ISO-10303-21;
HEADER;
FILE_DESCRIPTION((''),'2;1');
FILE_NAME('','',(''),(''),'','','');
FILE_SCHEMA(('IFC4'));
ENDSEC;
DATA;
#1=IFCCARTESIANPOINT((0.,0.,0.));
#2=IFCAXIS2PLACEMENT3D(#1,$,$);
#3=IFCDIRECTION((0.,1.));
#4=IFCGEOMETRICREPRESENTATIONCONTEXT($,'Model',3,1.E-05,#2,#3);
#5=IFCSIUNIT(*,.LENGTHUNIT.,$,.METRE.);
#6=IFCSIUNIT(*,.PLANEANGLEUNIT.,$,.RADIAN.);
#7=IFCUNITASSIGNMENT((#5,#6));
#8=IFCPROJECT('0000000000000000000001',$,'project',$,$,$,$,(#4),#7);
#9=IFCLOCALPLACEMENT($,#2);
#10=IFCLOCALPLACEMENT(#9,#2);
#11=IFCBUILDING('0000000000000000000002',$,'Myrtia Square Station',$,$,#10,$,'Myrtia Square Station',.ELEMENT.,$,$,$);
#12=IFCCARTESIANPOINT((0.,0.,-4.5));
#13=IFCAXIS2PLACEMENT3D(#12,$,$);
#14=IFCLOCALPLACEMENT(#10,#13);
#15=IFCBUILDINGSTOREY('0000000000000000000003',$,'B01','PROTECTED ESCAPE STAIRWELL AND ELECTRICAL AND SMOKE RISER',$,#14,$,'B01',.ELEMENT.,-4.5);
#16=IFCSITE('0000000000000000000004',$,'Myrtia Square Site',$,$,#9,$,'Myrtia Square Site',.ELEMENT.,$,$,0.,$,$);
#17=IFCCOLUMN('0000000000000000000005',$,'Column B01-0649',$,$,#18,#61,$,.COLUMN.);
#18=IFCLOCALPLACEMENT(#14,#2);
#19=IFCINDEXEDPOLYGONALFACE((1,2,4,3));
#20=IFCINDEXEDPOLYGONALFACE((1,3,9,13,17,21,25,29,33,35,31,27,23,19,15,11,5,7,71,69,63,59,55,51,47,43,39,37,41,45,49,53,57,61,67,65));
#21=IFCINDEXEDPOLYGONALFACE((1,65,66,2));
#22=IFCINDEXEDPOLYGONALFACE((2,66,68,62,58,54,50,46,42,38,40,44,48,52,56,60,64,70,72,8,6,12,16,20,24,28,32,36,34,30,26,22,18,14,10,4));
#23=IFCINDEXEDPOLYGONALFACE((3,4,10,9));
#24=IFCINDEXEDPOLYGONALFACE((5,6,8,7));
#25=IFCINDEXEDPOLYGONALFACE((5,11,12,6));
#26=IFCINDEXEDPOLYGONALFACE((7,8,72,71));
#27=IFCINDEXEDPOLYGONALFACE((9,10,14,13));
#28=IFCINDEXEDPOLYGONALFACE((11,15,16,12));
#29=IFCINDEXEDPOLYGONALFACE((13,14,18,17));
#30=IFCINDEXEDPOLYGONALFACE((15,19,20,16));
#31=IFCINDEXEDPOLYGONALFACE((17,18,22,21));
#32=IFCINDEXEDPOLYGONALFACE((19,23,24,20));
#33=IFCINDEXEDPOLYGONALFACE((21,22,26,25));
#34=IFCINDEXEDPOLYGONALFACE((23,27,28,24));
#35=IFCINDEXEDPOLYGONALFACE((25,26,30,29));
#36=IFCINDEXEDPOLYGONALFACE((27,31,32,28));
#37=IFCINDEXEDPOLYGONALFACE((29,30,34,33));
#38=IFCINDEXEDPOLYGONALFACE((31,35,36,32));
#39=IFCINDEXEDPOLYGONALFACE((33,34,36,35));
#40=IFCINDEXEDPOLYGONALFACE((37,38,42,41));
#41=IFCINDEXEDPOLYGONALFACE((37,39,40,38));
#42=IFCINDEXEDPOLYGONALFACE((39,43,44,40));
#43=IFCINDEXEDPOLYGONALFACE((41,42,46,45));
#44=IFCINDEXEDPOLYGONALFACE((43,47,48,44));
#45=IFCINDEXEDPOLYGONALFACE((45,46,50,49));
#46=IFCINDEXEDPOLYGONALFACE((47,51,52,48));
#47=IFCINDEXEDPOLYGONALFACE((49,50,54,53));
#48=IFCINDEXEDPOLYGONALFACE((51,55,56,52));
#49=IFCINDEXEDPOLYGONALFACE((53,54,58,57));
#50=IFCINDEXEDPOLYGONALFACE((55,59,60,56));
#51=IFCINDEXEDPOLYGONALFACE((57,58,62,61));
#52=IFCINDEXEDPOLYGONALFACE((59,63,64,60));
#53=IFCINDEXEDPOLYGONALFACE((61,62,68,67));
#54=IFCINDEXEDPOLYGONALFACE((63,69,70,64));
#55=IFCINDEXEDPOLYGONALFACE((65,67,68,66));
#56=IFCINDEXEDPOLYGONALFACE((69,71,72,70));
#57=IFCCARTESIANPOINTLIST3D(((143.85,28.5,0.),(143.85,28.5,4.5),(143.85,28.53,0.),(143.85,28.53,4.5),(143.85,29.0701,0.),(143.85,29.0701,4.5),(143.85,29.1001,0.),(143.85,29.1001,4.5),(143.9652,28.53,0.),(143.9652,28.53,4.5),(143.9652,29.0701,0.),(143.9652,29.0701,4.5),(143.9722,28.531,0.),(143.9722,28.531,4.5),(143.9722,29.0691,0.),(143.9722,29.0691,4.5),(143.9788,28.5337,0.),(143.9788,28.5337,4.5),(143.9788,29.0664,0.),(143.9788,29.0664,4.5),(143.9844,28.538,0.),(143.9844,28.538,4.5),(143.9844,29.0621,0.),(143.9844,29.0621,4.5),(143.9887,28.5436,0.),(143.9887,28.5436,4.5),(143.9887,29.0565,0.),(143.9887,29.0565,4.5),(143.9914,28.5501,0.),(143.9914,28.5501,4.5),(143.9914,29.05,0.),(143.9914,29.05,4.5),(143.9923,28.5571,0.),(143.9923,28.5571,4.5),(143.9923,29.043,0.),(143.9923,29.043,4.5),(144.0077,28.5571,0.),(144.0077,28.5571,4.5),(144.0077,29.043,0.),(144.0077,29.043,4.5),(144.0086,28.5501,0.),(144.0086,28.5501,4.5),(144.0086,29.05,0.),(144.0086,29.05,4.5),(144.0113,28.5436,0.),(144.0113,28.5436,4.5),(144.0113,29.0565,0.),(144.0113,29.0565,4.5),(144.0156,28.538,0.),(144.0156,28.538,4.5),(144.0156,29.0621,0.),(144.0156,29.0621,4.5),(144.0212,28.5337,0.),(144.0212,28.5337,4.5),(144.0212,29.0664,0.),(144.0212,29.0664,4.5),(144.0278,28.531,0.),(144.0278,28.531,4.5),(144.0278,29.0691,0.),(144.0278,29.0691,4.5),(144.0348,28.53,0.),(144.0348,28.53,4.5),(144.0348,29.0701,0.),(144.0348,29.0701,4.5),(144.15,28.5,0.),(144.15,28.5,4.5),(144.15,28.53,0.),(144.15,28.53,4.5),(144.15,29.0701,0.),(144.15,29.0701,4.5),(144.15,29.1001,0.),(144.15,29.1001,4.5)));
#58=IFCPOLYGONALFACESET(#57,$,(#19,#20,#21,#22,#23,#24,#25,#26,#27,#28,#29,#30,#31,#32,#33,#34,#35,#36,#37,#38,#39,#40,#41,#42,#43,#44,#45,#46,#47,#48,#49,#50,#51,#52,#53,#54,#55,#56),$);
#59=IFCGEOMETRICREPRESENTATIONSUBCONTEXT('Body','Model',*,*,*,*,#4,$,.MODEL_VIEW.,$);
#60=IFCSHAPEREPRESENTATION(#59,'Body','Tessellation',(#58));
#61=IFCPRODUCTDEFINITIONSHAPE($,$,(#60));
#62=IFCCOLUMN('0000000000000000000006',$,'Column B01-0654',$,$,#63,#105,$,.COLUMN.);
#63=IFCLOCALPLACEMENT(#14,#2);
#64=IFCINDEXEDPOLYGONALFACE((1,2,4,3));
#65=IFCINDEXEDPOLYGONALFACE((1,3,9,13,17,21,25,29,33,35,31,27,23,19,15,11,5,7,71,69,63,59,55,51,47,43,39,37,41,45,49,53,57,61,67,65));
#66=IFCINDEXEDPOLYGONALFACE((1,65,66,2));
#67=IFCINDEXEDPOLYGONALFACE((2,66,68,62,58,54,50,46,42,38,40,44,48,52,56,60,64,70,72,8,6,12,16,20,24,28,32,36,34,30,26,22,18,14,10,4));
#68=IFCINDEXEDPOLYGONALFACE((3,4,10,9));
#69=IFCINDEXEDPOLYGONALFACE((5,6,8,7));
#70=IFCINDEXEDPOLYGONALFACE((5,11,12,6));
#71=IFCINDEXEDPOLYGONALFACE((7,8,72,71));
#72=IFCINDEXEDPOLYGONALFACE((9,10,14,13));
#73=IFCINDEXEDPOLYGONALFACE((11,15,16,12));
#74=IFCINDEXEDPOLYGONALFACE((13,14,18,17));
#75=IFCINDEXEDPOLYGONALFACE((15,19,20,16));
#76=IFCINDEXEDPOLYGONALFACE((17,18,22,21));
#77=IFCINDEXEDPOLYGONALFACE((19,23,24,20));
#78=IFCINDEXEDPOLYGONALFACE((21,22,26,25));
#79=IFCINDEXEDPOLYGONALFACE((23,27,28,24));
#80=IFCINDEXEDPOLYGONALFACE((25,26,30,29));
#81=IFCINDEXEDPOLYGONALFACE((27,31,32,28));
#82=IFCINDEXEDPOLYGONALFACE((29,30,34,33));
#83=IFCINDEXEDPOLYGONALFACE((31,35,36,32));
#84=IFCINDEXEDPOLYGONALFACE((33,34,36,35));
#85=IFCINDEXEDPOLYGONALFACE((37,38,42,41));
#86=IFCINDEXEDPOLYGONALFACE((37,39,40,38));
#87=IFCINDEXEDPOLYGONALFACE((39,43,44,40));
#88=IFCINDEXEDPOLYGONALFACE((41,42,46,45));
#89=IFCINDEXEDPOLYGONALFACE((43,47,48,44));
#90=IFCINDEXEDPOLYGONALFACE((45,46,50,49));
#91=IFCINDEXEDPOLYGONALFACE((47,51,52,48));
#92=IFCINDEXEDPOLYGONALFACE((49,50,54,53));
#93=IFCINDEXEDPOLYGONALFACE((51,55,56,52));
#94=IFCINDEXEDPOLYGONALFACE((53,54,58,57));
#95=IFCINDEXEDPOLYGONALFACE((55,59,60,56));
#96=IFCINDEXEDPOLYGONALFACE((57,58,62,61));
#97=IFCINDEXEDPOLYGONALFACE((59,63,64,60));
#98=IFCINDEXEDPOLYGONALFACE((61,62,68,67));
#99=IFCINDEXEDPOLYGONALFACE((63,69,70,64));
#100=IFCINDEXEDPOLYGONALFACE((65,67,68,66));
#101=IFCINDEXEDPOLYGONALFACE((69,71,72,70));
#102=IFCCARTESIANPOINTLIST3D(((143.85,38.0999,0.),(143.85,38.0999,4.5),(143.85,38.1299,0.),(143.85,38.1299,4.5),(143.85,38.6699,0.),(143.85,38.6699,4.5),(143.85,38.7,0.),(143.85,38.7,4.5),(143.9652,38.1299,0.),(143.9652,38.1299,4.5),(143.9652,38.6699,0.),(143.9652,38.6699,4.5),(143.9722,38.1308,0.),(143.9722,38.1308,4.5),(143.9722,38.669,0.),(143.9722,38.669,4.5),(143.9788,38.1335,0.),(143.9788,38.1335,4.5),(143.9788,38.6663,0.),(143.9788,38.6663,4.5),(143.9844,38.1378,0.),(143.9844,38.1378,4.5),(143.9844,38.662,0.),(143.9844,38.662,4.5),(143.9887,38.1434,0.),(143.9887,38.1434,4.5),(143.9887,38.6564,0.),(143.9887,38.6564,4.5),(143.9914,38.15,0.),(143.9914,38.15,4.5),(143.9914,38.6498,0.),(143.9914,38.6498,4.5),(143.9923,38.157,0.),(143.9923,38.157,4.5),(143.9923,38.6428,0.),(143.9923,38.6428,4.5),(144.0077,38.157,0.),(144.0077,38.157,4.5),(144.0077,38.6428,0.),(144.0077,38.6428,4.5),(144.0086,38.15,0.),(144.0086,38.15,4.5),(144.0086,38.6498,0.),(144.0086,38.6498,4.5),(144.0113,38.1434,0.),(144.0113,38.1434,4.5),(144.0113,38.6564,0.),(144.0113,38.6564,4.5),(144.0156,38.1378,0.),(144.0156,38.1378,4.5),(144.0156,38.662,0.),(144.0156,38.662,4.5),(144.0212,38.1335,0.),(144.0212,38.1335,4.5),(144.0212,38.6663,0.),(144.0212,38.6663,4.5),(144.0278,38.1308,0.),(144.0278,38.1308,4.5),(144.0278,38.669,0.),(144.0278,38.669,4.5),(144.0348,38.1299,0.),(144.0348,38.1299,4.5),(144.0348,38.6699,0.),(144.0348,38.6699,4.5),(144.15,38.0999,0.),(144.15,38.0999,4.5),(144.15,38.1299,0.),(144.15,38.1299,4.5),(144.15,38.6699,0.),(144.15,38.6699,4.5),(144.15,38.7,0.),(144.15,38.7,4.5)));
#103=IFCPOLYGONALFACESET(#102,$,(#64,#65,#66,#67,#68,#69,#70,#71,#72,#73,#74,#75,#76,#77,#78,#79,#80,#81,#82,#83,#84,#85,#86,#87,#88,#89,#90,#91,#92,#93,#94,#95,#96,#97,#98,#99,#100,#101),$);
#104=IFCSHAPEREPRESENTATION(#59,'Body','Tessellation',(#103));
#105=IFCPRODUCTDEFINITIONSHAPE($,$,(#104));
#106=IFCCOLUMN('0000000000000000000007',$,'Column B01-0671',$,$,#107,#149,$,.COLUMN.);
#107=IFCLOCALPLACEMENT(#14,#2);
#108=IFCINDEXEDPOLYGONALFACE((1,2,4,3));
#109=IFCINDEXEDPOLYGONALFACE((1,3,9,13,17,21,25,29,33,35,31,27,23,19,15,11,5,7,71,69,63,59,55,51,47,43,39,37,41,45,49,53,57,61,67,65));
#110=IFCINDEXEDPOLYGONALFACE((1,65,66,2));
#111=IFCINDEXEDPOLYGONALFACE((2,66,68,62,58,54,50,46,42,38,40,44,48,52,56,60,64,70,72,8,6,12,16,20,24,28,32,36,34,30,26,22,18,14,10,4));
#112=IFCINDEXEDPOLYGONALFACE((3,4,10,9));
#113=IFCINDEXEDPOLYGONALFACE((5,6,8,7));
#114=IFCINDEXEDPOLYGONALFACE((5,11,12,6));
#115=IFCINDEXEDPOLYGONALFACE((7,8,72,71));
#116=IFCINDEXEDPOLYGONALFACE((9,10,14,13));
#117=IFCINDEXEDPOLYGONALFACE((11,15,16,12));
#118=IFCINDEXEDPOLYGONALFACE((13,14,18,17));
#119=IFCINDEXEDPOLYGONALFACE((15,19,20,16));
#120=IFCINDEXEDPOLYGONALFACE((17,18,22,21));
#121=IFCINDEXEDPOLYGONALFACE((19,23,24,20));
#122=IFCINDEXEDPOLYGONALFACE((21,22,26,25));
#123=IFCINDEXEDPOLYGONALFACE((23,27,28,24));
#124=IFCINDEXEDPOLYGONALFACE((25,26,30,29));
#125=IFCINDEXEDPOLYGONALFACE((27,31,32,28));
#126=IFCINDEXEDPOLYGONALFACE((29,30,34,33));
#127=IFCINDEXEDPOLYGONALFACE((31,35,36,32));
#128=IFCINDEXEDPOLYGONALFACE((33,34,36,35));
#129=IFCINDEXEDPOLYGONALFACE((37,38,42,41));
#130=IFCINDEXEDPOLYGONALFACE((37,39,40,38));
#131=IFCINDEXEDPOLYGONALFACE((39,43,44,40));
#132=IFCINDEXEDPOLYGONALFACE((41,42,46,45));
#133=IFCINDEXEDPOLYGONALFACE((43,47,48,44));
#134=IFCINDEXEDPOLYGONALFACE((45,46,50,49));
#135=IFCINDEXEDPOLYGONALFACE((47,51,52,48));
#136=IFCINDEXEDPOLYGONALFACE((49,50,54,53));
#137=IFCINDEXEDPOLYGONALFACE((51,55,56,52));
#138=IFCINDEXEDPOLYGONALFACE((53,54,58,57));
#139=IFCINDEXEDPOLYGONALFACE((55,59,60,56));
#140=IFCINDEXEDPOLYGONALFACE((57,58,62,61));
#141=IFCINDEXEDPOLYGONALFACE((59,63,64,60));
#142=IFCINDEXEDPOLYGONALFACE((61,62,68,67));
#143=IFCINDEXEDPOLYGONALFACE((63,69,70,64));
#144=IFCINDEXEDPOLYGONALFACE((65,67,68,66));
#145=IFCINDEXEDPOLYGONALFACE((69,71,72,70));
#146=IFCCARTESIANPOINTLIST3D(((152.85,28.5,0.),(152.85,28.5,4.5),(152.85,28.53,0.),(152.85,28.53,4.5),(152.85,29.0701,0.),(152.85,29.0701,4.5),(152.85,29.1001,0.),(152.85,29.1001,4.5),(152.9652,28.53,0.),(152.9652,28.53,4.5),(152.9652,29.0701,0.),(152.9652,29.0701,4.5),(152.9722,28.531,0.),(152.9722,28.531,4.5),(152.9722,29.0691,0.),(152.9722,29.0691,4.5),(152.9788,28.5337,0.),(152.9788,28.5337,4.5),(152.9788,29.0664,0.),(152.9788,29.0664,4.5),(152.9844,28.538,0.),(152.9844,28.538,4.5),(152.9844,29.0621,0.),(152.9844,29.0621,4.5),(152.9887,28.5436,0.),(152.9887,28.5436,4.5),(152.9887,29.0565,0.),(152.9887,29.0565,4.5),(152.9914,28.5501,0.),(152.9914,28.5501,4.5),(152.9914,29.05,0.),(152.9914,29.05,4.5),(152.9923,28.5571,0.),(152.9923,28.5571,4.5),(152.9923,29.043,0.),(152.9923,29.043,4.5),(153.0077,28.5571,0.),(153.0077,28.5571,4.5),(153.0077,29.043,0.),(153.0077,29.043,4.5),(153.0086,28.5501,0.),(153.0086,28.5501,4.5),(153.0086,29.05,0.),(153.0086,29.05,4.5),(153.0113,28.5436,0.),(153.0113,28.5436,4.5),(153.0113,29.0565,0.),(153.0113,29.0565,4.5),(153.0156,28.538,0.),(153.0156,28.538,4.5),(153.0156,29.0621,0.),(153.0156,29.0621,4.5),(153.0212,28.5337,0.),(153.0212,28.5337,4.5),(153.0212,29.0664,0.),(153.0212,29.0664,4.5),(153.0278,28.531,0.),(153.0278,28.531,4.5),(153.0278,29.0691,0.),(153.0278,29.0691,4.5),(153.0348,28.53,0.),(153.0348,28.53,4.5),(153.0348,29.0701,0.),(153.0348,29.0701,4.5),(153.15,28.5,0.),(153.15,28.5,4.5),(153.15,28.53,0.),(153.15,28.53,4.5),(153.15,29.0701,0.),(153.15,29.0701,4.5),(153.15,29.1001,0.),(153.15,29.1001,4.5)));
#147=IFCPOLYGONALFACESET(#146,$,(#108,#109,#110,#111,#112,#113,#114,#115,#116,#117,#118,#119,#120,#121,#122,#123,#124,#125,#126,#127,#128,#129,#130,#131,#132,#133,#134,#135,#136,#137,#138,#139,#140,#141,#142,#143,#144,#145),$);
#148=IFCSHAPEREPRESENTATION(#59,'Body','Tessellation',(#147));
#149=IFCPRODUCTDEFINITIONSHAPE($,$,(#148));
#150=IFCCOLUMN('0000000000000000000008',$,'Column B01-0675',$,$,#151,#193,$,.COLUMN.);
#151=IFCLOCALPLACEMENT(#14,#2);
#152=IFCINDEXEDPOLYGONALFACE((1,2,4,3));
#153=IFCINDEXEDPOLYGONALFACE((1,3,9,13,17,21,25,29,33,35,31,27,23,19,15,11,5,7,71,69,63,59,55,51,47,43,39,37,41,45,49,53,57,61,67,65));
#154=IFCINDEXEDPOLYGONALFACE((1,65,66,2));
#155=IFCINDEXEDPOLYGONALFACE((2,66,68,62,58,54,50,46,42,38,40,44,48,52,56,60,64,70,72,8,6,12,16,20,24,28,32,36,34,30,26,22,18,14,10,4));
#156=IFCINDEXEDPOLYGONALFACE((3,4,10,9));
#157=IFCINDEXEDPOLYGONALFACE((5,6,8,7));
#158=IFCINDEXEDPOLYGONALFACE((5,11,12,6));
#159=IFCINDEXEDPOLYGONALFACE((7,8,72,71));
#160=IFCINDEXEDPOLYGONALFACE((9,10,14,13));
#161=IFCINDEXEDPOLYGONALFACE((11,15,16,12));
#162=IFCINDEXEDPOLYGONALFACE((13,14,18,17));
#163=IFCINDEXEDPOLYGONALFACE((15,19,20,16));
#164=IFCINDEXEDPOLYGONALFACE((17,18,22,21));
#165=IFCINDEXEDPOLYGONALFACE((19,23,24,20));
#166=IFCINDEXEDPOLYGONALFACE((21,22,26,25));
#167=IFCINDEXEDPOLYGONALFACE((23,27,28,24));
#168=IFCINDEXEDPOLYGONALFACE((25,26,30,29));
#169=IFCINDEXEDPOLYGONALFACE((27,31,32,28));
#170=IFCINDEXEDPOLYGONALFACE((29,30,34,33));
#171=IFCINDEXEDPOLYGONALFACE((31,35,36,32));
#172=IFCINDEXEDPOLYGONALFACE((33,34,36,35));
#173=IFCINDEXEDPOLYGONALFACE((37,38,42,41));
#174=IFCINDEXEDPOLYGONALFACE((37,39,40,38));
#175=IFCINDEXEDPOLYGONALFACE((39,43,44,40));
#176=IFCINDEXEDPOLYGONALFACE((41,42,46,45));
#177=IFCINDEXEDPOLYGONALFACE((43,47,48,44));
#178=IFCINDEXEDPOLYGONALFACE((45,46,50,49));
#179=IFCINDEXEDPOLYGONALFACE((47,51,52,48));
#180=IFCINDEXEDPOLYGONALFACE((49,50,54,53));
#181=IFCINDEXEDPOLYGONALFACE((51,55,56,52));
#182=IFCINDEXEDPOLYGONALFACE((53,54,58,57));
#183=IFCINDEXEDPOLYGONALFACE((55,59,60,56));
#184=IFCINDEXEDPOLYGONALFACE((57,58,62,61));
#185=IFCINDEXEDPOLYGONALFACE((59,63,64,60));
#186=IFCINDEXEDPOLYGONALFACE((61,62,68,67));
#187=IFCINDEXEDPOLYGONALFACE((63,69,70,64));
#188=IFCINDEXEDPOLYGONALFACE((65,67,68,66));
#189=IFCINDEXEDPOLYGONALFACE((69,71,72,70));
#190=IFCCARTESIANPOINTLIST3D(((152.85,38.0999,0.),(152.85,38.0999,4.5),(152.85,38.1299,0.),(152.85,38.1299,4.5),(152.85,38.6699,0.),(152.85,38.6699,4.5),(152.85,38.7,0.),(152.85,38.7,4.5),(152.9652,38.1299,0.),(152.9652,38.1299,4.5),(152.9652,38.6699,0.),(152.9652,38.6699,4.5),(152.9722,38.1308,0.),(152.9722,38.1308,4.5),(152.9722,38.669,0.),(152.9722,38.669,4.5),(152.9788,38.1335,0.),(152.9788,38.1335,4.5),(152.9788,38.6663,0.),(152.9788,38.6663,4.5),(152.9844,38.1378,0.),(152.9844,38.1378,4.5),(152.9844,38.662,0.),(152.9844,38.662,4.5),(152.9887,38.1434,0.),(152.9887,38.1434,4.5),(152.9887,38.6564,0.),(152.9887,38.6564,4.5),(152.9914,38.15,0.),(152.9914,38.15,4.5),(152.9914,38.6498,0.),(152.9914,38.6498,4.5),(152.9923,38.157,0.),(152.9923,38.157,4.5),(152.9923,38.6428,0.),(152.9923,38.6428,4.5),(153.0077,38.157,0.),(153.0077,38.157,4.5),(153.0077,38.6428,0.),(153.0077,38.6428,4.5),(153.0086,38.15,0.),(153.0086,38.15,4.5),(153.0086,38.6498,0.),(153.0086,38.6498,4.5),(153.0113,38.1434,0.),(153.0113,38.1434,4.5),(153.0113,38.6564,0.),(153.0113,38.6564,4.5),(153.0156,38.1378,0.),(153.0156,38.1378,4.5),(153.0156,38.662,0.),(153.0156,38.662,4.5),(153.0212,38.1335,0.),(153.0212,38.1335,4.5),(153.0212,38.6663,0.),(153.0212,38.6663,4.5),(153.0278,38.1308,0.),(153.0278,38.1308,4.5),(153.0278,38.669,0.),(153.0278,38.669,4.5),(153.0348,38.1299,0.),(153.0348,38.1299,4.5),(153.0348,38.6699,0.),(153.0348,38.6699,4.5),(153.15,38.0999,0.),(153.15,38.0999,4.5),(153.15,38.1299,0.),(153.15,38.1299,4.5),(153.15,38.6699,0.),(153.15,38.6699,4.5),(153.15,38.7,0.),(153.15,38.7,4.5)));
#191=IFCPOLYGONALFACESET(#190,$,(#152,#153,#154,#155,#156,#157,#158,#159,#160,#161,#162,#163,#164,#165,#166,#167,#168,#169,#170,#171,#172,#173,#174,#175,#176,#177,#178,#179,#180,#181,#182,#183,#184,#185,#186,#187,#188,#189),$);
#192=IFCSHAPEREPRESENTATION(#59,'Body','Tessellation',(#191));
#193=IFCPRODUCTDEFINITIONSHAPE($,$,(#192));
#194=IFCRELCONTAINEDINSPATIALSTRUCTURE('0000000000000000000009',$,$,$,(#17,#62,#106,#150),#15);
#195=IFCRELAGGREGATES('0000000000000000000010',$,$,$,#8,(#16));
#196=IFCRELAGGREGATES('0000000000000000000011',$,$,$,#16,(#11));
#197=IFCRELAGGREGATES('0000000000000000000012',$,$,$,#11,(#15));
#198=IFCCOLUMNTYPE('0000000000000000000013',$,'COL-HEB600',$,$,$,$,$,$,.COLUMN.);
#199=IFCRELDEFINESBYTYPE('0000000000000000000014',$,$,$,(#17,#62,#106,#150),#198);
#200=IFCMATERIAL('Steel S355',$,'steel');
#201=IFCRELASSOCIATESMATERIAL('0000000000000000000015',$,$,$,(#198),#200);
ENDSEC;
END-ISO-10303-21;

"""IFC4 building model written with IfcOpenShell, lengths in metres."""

from ifc_helpers import new_model, si_unit, direction, frame, origin, origin_2d, place, context, subcontext, project, spatial, i_section, extrude, material, material_profile, profile_set, type_object, element, save


model = new_model("IFC4")

# Units and contexts
model_context = context("Model", 3, precision=1e-05, world=origin(), true_north=direction((0.0, 1.0)))
body_context = subcontext(model_context, "Body", "Model", "MODEL_VIEW")
ifc_project = project(units=[si_unit("LENGTHUNIT", "METRE"), si_unit("PLANEANGLEUNIT", "RADIAN")], contexts=[model_context])

# Site, building, storey
site_placement = place(None, origin())
site = spatial("IfcSite", under=ifc_project, at=site_placement, Name="Myrtia Square Site", LongName="Myrtia Square Site", CompositionType="ELEMENT", RefElevation=0.0)
building_placement = place(site_placement, origin())
building = spatial("IfcBuilding", under=site, at=building_placement, Name="Myrtia Square Station", LongName="Myrtia Square Station", CompositionType="ELEMENT")
storey_placement = place(building_placement, frame((0.0, 0.0, -4.5)))
storey = spatial("IfcBuildingStorey", under=building, at=storey_placement, Name="B01", Description="PROTECTED ESCAPE STAIRWELL AND ELECTRICAL AND SMOKE RISER", LongName="B01", CompositionType="ELEMENT", Elevation=-4.5)

# Columns
ifc_material_1 = material(Name="Steel S355", Category="steel")
ifc_material_profile_1 = material_profile(ifc_material_1, i_section(OverallWidth=0.3, OverallDepth=0.6001, WebThickness=0.0154, FlangeThickness=0.03, FilletRadius=0.0271, at=origin_2d()), Name="HEB 600")
ifc_profile_set_1 = profile_set([ifc_material_profile_1], Name="Steel S355")
column_type_1 = type_object("IfcColumnType", Name="COL-HEB600", PredefinedType="COLUMN", material=ifc_profile_set_1)
for number, where, z_axis, x_axis, name in (
    (1, (144.0, 28.8, 0.0), (0.0, 0.0, 1.0), (1.0, 0.0, 0.0), "Column B01-0649"),
    (2, (144.0, 38.3999, 0.0), (0.0, 0.0, 1.0), (1.0, 0.0, 0.0), "Column B01-0654"),
    (3, (153.0, 28.8, 0.0), (0.0, 0.0, 1.0), (1.0, 0.0, 0.0), "Column B01-0671"),
    (4, (153.0, 38.3999, 0.0), (0.0, 0.0, 1.0), (1.0, 0.0, 0.0), "Column B01-0675"),
):
    element("IfcColumn", number, at=place(storey_placement, frame(where, z_axis=z_axis, x_axis=x_axis)), inside=storey, type_object=column_type_1, Name=name, PredefinedType="COLUMN", context=body_context, shape_type="SweptSolid", body=[
        extrude(i_section(OverallWidth=0.3, OverallDepth=0.6001, WebThickness=0.0154, FlangeThickness=0.03, FilletRadius=0.0271, at=origin_2d()), origin(), (0.0, 0.0, 1.0), 4.5),
    ])

save(model, "model.ifc")
